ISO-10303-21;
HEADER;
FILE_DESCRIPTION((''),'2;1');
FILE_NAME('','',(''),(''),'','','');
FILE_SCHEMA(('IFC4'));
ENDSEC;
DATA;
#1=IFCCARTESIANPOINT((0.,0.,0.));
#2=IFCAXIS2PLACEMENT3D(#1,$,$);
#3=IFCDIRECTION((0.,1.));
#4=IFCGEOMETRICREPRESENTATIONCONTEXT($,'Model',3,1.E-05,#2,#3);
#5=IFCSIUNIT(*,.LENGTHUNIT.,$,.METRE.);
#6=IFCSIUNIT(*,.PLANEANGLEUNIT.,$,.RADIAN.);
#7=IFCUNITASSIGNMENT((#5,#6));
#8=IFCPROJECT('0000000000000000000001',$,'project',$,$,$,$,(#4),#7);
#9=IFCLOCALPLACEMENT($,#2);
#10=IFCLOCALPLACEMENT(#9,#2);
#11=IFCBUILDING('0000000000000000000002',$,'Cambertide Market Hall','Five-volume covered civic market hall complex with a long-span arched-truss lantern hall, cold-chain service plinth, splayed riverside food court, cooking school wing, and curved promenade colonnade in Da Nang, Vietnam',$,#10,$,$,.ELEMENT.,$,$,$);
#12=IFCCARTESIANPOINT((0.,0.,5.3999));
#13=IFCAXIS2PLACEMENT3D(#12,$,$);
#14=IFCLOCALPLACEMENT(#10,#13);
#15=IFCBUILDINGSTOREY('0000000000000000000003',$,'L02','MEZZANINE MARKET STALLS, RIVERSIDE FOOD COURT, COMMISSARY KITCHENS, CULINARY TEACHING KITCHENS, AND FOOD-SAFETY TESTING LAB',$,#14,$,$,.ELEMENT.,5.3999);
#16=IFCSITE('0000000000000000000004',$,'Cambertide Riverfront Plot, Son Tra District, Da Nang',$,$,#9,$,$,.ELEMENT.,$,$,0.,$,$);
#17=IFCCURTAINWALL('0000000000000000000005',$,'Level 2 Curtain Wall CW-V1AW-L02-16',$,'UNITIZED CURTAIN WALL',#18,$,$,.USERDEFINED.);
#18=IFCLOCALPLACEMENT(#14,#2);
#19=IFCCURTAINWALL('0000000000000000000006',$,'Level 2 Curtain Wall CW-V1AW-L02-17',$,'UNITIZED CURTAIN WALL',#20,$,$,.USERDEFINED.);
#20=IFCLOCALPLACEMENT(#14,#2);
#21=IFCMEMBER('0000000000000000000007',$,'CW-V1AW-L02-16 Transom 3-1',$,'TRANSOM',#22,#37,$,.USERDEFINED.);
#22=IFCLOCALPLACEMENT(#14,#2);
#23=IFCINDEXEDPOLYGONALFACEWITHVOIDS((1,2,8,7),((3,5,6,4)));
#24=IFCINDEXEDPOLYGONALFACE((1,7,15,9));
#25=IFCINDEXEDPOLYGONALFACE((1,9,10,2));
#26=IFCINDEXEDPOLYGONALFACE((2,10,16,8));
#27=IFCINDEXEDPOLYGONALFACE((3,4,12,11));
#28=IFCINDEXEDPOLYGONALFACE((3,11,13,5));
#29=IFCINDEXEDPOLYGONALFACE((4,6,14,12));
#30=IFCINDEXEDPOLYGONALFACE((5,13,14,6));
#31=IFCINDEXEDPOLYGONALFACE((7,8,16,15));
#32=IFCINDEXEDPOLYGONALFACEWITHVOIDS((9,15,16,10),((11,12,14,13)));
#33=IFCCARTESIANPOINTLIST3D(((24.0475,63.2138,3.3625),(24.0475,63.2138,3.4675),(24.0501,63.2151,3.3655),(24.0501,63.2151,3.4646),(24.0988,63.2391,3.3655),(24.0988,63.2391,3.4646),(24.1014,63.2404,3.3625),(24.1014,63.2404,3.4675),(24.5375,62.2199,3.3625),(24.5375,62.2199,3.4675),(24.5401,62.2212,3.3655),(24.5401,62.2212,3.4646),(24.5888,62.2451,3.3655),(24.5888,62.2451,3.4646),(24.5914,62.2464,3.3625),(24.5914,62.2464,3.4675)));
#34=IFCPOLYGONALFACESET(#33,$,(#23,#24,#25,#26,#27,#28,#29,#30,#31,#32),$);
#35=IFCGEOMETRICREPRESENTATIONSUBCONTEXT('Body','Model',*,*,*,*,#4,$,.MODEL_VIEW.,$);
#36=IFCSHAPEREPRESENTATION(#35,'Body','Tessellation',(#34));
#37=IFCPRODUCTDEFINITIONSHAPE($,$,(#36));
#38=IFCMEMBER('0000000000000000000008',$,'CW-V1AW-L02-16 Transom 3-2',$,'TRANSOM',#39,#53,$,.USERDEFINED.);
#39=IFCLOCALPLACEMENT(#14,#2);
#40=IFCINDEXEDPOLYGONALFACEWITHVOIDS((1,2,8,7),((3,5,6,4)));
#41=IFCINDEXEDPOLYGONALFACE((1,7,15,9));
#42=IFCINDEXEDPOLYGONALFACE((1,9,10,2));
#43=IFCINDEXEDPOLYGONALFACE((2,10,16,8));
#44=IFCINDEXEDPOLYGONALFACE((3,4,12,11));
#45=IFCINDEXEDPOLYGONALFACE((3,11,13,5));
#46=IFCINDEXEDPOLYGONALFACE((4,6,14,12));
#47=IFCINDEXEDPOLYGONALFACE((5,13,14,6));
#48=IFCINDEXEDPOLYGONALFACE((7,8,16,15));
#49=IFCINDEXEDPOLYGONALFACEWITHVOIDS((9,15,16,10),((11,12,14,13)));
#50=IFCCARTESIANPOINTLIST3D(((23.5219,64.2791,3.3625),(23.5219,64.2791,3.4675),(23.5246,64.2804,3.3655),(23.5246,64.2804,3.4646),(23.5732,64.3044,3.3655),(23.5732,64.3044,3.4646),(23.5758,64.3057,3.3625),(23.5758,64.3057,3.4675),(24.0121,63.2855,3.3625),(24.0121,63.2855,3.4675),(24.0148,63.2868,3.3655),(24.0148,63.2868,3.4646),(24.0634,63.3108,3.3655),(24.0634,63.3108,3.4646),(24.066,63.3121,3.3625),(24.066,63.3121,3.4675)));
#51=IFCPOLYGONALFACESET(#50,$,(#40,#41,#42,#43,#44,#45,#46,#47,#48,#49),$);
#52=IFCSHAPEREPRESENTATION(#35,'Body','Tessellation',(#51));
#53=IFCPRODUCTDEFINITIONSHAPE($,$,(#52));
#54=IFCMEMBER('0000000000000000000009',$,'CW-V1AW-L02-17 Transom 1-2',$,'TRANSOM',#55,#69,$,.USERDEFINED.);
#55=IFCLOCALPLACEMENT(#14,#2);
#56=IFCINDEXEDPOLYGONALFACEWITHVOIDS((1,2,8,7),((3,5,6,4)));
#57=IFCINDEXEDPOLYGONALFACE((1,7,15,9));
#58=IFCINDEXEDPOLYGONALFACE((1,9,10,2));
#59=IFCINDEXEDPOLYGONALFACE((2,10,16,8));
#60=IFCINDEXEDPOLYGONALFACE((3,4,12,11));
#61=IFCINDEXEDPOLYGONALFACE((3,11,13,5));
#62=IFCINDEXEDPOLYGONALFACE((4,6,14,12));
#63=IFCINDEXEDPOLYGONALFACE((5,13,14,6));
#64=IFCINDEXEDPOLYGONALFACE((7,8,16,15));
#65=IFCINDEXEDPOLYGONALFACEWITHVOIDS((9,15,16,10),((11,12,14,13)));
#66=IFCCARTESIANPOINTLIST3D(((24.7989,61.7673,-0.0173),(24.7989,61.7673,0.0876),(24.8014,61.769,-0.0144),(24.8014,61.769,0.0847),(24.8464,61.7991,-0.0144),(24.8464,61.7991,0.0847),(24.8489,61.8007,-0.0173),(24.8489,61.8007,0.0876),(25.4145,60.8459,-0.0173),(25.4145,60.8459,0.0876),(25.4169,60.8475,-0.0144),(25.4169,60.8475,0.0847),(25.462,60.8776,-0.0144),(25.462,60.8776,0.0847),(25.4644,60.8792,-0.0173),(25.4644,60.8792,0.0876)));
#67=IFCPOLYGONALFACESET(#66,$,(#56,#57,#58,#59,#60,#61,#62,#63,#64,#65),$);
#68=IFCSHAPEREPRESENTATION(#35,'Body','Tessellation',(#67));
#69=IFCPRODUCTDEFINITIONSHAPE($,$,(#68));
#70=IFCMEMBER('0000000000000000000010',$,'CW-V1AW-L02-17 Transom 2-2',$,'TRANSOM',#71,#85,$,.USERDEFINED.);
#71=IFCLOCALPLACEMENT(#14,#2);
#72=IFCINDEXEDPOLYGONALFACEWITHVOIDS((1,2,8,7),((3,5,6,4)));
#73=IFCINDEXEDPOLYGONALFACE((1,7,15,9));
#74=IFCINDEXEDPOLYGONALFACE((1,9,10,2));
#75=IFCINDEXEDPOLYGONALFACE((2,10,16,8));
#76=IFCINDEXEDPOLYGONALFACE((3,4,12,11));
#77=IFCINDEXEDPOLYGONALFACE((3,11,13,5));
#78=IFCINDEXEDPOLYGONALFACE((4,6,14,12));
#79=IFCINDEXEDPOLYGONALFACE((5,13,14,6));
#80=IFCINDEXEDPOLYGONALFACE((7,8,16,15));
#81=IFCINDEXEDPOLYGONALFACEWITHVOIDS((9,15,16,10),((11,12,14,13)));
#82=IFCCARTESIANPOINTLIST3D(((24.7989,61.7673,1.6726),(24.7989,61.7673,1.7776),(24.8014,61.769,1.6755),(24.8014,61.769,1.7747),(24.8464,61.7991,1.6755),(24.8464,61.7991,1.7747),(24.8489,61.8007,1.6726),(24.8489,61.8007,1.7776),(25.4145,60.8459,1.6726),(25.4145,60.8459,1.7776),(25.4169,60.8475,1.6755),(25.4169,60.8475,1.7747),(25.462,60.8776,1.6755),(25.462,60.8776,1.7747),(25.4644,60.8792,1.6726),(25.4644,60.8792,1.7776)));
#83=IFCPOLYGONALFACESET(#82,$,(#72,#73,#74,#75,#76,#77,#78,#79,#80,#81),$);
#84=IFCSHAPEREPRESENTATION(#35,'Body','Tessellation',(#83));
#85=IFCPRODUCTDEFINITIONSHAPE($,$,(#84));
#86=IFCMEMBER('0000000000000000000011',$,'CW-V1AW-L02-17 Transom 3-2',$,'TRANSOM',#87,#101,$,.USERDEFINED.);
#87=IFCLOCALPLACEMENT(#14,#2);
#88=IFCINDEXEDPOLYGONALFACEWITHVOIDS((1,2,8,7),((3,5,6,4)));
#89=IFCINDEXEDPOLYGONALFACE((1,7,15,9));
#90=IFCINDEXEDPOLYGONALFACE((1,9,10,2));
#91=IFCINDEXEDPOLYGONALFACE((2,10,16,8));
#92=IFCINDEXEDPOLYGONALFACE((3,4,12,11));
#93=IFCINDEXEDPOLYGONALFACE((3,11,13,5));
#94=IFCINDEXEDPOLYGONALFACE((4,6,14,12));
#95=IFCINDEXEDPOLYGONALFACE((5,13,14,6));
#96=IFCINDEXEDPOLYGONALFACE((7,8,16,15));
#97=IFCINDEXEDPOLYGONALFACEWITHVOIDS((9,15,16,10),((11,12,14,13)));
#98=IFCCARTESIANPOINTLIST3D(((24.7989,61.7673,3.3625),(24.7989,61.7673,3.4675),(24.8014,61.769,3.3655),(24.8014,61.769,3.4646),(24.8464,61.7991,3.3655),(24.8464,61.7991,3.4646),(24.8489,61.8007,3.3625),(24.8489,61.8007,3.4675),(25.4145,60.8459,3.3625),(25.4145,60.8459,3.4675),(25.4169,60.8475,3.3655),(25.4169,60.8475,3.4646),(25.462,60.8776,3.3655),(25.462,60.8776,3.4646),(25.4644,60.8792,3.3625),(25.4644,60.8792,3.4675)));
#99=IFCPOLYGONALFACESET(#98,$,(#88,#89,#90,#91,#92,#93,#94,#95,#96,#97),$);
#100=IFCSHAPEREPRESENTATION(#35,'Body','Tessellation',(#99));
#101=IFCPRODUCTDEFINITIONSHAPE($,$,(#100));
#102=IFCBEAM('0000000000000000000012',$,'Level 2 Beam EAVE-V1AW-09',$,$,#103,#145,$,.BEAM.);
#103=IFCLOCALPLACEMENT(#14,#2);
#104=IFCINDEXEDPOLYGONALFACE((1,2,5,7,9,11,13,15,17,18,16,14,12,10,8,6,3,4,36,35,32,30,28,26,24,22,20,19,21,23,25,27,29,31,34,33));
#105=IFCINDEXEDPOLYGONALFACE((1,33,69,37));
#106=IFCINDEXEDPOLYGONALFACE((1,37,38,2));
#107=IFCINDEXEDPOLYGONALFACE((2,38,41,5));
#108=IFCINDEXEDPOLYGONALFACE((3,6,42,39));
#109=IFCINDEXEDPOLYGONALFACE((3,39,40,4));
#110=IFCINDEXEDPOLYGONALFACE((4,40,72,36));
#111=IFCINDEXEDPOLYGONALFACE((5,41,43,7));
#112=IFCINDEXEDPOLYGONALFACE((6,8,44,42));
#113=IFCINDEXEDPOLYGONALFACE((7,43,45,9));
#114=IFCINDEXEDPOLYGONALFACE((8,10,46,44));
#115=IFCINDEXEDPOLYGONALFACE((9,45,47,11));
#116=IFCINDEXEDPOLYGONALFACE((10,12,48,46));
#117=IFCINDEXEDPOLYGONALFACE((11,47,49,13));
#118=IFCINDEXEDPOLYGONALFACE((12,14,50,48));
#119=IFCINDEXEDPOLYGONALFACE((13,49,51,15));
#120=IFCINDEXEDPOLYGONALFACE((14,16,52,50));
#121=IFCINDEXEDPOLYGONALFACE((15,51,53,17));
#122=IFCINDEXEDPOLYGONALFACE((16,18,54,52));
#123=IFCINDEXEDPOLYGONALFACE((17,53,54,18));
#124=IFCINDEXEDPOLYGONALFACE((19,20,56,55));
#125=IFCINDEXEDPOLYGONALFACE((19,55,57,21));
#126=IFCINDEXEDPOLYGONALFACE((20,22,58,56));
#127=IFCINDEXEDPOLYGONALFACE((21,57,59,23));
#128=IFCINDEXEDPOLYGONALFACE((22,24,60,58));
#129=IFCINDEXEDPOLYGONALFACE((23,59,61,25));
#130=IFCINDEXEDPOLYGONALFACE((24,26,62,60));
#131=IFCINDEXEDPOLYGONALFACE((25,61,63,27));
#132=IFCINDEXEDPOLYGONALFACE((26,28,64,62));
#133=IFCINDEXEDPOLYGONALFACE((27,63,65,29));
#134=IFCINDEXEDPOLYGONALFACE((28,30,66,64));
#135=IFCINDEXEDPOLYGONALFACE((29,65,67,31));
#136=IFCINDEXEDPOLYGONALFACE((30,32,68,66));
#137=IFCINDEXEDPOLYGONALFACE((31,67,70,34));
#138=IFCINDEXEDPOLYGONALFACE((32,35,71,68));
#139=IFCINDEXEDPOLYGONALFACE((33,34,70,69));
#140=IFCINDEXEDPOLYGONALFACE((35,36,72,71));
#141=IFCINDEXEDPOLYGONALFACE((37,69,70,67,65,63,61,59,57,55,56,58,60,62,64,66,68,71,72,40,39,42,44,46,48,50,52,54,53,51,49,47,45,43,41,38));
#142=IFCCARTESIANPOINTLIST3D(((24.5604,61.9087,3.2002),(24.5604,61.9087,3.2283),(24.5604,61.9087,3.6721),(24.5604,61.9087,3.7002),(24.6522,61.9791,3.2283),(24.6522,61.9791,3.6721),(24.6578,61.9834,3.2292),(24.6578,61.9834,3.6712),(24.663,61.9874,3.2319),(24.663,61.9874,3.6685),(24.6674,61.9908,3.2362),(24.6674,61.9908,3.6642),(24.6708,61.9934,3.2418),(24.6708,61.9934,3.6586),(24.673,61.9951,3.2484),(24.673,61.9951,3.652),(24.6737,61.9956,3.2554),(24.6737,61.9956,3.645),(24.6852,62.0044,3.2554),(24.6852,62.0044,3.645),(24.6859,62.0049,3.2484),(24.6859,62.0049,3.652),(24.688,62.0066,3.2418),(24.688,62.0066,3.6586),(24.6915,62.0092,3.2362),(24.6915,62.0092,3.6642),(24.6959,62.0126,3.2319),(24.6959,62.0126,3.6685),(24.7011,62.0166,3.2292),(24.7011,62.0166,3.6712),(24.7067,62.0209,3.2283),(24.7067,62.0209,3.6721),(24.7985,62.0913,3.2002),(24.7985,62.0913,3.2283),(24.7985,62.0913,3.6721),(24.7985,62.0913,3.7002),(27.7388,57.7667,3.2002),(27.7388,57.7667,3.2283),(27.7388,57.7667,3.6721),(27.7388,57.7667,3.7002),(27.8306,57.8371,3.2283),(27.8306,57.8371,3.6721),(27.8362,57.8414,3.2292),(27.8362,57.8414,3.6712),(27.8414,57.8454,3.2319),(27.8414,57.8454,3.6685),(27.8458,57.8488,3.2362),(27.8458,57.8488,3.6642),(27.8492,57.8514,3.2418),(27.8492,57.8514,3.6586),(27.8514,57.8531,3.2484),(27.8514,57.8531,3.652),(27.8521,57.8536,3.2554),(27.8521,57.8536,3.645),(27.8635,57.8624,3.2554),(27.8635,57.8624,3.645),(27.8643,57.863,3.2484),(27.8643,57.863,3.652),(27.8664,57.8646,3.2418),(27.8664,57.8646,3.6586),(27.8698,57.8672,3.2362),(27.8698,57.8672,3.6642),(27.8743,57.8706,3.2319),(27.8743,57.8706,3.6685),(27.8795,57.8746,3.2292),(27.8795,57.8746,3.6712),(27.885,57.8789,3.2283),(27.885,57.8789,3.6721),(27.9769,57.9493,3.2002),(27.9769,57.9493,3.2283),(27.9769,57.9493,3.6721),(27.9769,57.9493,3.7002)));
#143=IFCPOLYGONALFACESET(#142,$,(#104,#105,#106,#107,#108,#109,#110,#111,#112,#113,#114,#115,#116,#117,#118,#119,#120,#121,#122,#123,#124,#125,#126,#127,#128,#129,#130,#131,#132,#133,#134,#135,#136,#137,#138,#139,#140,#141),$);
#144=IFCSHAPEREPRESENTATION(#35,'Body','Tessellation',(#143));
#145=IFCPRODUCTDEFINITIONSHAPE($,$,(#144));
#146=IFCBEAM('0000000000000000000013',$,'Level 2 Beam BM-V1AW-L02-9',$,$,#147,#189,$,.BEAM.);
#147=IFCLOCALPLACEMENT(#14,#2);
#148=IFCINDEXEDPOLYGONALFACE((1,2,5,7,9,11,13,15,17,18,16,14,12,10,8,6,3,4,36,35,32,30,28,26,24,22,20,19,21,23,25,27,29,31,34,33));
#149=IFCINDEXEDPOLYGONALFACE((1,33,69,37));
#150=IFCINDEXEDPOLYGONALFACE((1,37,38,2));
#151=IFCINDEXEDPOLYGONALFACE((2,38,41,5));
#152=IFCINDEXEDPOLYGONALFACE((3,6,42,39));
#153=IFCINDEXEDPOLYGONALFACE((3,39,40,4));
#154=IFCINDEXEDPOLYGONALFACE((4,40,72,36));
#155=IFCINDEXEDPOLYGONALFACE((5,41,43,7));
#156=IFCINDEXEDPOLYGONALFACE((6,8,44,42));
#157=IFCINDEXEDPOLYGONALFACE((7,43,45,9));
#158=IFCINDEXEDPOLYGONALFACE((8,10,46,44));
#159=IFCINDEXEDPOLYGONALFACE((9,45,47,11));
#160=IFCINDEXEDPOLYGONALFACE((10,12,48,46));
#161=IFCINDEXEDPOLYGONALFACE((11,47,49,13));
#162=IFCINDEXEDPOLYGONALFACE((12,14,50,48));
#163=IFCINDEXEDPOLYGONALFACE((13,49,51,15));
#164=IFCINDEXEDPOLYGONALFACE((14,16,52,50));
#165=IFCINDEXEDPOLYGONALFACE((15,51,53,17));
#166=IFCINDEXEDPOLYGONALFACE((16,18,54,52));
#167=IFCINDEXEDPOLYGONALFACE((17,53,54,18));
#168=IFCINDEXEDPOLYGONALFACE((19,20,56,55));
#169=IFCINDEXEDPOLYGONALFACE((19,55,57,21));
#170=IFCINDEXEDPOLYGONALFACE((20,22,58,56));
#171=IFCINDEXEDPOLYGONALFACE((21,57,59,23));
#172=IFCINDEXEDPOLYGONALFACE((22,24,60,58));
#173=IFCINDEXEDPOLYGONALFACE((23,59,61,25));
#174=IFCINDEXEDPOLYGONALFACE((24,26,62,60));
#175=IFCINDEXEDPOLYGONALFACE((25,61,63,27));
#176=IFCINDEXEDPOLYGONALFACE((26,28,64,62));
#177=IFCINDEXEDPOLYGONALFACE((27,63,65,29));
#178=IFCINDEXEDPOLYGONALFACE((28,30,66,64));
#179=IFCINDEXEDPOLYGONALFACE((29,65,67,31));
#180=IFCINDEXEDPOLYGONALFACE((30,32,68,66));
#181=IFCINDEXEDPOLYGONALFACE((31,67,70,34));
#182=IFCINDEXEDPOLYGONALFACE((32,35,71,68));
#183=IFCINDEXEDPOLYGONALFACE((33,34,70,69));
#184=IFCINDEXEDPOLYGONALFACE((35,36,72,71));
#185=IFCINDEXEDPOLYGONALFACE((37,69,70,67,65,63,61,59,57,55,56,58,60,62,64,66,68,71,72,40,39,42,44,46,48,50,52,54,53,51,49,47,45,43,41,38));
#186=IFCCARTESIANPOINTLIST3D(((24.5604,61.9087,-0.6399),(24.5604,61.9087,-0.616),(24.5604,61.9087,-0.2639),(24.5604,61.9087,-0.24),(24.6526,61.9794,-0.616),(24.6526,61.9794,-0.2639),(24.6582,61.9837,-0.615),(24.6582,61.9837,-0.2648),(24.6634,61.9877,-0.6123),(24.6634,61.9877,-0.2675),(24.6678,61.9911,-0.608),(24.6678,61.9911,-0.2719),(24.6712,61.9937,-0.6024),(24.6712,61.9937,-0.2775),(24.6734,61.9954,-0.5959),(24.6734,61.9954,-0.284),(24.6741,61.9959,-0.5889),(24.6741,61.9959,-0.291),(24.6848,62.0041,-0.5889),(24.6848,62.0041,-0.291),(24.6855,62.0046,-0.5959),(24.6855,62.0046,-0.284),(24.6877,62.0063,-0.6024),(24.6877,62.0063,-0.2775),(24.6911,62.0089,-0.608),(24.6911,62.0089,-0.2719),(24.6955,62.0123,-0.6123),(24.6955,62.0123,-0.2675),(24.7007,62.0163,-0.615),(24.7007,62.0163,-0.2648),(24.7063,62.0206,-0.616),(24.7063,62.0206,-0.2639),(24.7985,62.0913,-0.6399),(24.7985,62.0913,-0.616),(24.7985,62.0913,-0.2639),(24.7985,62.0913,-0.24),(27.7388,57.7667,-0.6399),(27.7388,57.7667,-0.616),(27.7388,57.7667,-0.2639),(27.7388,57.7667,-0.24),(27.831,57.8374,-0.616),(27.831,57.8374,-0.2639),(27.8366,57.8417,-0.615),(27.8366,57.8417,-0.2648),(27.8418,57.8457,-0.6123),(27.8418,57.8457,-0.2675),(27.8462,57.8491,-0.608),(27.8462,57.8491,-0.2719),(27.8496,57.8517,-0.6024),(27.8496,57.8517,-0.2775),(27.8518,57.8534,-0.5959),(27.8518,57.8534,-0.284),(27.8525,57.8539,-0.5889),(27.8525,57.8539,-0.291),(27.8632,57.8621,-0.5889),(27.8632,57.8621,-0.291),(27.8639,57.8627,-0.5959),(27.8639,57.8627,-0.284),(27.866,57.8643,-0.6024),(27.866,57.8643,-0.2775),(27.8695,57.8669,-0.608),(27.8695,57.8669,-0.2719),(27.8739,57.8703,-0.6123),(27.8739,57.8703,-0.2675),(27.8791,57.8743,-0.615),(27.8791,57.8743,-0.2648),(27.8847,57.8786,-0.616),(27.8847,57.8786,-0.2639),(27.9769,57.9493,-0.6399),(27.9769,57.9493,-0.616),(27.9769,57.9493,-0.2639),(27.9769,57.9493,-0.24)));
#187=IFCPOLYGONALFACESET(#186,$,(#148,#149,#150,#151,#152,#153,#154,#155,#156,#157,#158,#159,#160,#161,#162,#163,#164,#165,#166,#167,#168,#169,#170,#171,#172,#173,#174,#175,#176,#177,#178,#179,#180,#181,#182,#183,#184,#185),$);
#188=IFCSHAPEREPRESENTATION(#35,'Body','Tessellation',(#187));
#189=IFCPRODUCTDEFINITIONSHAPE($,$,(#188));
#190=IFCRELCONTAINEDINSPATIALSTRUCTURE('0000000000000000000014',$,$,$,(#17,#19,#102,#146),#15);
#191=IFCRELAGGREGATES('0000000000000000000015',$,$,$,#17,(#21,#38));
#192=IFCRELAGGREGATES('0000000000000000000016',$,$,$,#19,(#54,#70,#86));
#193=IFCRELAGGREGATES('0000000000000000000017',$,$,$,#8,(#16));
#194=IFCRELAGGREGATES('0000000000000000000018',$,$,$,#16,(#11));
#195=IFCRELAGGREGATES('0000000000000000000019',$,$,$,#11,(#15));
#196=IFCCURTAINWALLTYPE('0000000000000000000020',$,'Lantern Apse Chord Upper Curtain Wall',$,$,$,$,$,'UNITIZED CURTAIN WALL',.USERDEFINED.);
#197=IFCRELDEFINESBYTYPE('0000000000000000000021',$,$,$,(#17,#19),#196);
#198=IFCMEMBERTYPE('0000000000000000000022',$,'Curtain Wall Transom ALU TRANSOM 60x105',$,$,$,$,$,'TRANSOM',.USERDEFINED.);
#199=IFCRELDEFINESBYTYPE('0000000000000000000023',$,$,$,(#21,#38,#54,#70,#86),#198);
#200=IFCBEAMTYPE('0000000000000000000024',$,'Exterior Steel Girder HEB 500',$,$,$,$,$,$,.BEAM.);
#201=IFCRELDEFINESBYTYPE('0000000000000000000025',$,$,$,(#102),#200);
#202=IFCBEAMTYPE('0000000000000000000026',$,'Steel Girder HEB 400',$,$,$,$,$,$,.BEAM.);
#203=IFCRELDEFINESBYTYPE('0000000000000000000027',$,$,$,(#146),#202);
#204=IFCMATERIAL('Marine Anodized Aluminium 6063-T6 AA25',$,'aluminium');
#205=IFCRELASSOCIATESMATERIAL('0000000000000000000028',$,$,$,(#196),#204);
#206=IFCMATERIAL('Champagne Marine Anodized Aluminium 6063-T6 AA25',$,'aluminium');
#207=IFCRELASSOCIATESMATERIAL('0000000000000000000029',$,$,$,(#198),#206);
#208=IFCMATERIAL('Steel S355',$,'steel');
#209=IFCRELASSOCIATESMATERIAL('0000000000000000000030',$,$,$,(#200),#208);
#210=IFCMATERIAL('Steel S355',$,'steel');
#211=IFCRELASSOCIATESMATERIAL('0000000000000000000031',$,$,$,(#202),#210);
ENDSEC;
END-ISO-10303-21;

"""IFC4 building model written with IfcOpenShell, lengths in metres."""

from ifc_helpers import new_model, si_unit, direction, frame, origin, origin_2d, place, context, subcontext, project, spatial, hollow_rectangle, i_section, extrude, material, material_profile, profile_set, type_object, element, aggregate, save


model = new_model("IFC4")

# Units and contexts
model_context = context("Model", 3, precision=1e-05, world=origin(), true_north=direction((0.0, 1.0)))
body_context = subcontext(model_context, "Body", "Model", "MODEL_VIEW")
ifc_project = project(units=[si_unit("LENGTHUNIT", "METRE"), si_unit("PLANEANGLEUNIT", "RADIAN")], contexts=[model_context])

# Site, building, storey
site_placement = place(None, origin())
site = spatial("IfcSite", under=ifc_project, at=site_placement, Name="Cambertide Riverfront Plot, Son Tra District, Da Nang", CompositionType="ELEMENT", RefElevation=0.0)
building_placement = place(site_placement, origin())
building = spatial("IfcBuilding", under=site, at=building_placement, Name="Cambertide Market Hall", Description="Five-volume covered civic market hall complex with a long-span arched-truss lantern hall, cold-chain service plinth, splayed riverside food court, cooking school wing, and curved promenade colonnade in Da Nang, Vietnam", CompositionType="ELEMENT")
storey_placement = place(building_placement, frame((0.0, 0.0, 5.3999)))
storey = spatial("IfcBuildingStorey", under=building, at=storey_placement, Name="L02", Description="MEZZANINE MARKET STALLS, RIVERSIDE FOOD COURT, COMMISSARY KITCHENS, CULINARY TEACHING KITCHENS, AND FOOD-SAFETY TESTING LAB", CompositionType="ELEMENT", Elevation=5.3999)

# Curtain walls
ifc_material_1 = material(Name="Marine Anodized Aluminium 6063-T6 AA25", Category="aluminium")
curtain_wall_type = type_object("IfcCurtainWallType", Name="Lantern Apse Chord Upper Curtain Wall", ElementType="UNITIZED CURTAIN WALL", PredefinedType="USERDEFINED", material=ifc_material_1)
curtain_wall_1_placement = place(storey_placement, origin())
curtain_wall_1 = element("IfcCurtainWall", 1, at=curtain_wall_1_placement, inside=storey, type_object=curtain_wall_type, Name="Level 2 Curtain Wall CW-V1AW-L02-16", ObjectType="UNITIZED CURTAIN WALL", PredefinedType="USERDEFINED")
curtain_wall_2_placement = place(storey_placement, origin())
curtain_wall_2 = element("IfcCurtainWall", 2, at=curtain_wall_2_placement, inside=storey, type_object=curtain_wall_type, Name="Level 2 Curtain Wall CW-V1AW-L02-17", ObjectType="UNITIZED CURTAIN WALL", PredefinedType="USERDEFINED")

# Members
ifc_material_2 = material(Name="Champagne Marine Anodized Aluminium 6063-T6 AA25", Category="aluminium")
ifc_material_profile_1 = material_profile(ifc_material_2, hollow_rectangle(XDim=0.0601, YDim=0.105, WallThickness=0.0029, at=origin_2d()), Name="ALU TRANSOM 60x105")
ifc_profile_set_1 = profile_set([ifc_material_profile_1], Name="Champagne Marine Anodized Aluminium 6063-T6 AA25")
member_type_1 = type_object("IfcMemberType", Name="Curtain Wall Transom ALU TRANSOM 60x105", ElementType="TRANSOM", PredefinedType="USERDEFINED", material=ifc_profile_set_1)
member_1_placement = place(storey_placement, frame((24.5645, 62.2332, 3.415), z_axis=(-0.442183, 0.896925, 0.0), x_axis=(-0.896925, -0.442183, 0.0)))
member_1 = element("IfcMember", 3, at=member_1_placement, type_object=member_type_1, Name="CW-V1AW-L02-16 Transom 3-1", ObjectType="TRANSOM", PredefinedType="USERDEFINED", context=body_context, shape_type="SweptSolid", body=[
    extrude(hollow_rectangle(XDim=0.0601, YDim=0.105, WallThickness=0.0029, at=origin_2d()), origin(), (0.0, 0.0, 1.0), 1.1082),
])
member_2_placement = place(storey_placement, frame((24.0391, 63.2988, 3.415), z_axis=(-0.442448, 0.896794, 0.0), x_axis=(-0.896794, -0.442448, 0.0)))
member_2 = element("IfcMember", 4, at=member_2_placement, type_object=member_type_1, Name="CW-V1AW-L02-16 Transom 3-2", ObjectType="TRANSOM", PredefinedType="USERDEFINED", context=body_context, shape_type="SweptSolid", body=[
    extrude(hollow_rectangle(XDim=0.0601, YDim=0.105, WallThickness=0.0029, at=origin_2d()), origin(), (0.0, 0.0, 1.0), 1.1079),
])
member_3_placement = place(storey_placement, frame((25.4395, 60.8625, 0.0352), z_axis=(-0.555463, 0.831541, 0.0), x_axis=(-0.831541, -0.555463, 0.0)))
member_3 = element("IfcMember", 5, at=member_3_placement, type_object=member_type_1, Name="CW-V1AW-L02-17 Transom 1-2", ObjectType="TRANSOM", PredefinedType="USERDEFINED", context=body_context, shape_type="SweptSolid", body=[
    extrude(hollow_rectangle(XDim=0.0601, YDim=0.105, WallThickness=0.0029, at=origin_2d()), origin(), (0.0, 0.0, 1.0), 1.1082),
])
member_4_placement = place(storey_placement, frame((25.4395, 60.8625, 1.7251), z_axis=(-0.555463, 0.831541, 0.0), x_axis=(-0.831541, -0.555463, 0.0)))
member_4 = element("IfcMember", 6, at=member_4_placement, type_object=member_type_1, Name="CW-V1AW-L02-17 Transom 2-2", ObjectType="TRANSOM", PredefinedType="USERDEFINED", context=body_context, shape_type="SweptSolid", body=[
    extrude(hollow_rectangle(XDim=0.0601, YDim=0.105, WallThickness=0.0029, at=origin_2d()), origin(), (0.0, 0.0, 1.0), 1.1082),
])
member_5_placement = place(storey_placement, frame((25.4395, 60.8625, 3.415), z_axis=(-0.555463, 0.831541, 0.0), x_axis=(-0.831541, -0.555463, 0.0)))
member_5 = element("IfcMember", 7, at=member_5_placement, type_object=member_type_1, Name="CW-V1AW-L02-17 Transom 3-2", ObjectType="TRANSOM", PredefinedType="USERDEFINED", context=body_context, shape_type="SweptSolid", body=[
    extrude(hollow_rectangle(XDim=0.0601, YDim=0.105, WallThickness=0.0029, at=origin_2d()), origin(), (0.0, 0.0, 1.0), 1.1082),
])

# Beams
ifc_material_3 = material(Name="Steel S355", Category="steel")
ifc_material_profile_2 = material_profile(ifc_material_3, i_section(OverallWidth=0.3, OverallDepth=0.5, WebThickness=0.0144, FlangeThickness=0.0281, FilletRadius=0.0271, at=origin_2d()), Name="HEB 500")
ifc_profile_set_2 = profile_set([ifc_material_profile_2], Name="Steel S355")
beam_type_1 = type_object("IfcBeamType", Name="Exterior Steel Girder HEB 500", PredefinedType="BEAM", material=ifc_profile_set_2)
beam_1_placement = place(storey_placement, frame((24.6794, 62.0, 3.4502), z_axis=(0.608777, -0.793341, 0.0), x_axis=(0.793341, 0.608777, 0.0)))
element("IfcBeam", 8, at=beam_1_placement, inside=storey, type_object=beam_type_1, Name="Level 2 Beam EAVE-V1AW-09", PredefinedType="BEAM", context=body_context, shape_type="SweptSolid", body=[
    extrude(i_section(OverallWidth=0.3, OverallDepth=0.5, WebThickness=0.0144, FlangeThickness=0.0281, FilletRadius=0.0271, at=origin_2d()), origin(), (0.0, 0.0, 1.0), 5.2209),
])
ifc_material_4 = material(Name="Steel S355", Category="steel")
ifc_material_profile_3 = material_profile(ifc_material_4, i_section(OverallWidth=0.3, OverallDepth=0.3999, WebThickness=0.0134, FlangeThickness=0.0239, FilletRadius=0.0271, at=origin_2d()), Name="HEB 400")
ifc_profile_set_3 = profile_set([ifc_material_profile_3], Name="Steel S355")
beam_type_2 = type_object("IfcBeamType", Name="Steel Girder HEB 400", PredefinedType="BEAM", material=ifc_profile_set_3)
beam_2_placement = place(storey_placement, frame((24.6794, 62.0, -0.4399), z_axis=(0.608777, -0.793341, 0.0), x_axis=(0.793341, 0.608777, 0.0)))
element("IfcBeam", 9, at=beam_2_placement, inside=storey, type_object=beam_type_2, Name="Level 2 Beam BM-V1AW-L02-9", PredefinedType="BEAM", context=body_context, shape_type="SweptSolid", body=[
    extrude(i_section(OverallWidth=0.3, OverallDepth=0.3999, WebThickness=0.0134, FlangeThickness=0.0239, FilletRadius=0.0271, at=origin_2d()), origin(), (0.0, 0.0, 1.0), 5.2209),
])

aggregate(curtain_wall_1, [member_1, member_2])
aggregate(curtain_wall_2, [member_3, member_4, member_5])

save(model, "model.ifc")
